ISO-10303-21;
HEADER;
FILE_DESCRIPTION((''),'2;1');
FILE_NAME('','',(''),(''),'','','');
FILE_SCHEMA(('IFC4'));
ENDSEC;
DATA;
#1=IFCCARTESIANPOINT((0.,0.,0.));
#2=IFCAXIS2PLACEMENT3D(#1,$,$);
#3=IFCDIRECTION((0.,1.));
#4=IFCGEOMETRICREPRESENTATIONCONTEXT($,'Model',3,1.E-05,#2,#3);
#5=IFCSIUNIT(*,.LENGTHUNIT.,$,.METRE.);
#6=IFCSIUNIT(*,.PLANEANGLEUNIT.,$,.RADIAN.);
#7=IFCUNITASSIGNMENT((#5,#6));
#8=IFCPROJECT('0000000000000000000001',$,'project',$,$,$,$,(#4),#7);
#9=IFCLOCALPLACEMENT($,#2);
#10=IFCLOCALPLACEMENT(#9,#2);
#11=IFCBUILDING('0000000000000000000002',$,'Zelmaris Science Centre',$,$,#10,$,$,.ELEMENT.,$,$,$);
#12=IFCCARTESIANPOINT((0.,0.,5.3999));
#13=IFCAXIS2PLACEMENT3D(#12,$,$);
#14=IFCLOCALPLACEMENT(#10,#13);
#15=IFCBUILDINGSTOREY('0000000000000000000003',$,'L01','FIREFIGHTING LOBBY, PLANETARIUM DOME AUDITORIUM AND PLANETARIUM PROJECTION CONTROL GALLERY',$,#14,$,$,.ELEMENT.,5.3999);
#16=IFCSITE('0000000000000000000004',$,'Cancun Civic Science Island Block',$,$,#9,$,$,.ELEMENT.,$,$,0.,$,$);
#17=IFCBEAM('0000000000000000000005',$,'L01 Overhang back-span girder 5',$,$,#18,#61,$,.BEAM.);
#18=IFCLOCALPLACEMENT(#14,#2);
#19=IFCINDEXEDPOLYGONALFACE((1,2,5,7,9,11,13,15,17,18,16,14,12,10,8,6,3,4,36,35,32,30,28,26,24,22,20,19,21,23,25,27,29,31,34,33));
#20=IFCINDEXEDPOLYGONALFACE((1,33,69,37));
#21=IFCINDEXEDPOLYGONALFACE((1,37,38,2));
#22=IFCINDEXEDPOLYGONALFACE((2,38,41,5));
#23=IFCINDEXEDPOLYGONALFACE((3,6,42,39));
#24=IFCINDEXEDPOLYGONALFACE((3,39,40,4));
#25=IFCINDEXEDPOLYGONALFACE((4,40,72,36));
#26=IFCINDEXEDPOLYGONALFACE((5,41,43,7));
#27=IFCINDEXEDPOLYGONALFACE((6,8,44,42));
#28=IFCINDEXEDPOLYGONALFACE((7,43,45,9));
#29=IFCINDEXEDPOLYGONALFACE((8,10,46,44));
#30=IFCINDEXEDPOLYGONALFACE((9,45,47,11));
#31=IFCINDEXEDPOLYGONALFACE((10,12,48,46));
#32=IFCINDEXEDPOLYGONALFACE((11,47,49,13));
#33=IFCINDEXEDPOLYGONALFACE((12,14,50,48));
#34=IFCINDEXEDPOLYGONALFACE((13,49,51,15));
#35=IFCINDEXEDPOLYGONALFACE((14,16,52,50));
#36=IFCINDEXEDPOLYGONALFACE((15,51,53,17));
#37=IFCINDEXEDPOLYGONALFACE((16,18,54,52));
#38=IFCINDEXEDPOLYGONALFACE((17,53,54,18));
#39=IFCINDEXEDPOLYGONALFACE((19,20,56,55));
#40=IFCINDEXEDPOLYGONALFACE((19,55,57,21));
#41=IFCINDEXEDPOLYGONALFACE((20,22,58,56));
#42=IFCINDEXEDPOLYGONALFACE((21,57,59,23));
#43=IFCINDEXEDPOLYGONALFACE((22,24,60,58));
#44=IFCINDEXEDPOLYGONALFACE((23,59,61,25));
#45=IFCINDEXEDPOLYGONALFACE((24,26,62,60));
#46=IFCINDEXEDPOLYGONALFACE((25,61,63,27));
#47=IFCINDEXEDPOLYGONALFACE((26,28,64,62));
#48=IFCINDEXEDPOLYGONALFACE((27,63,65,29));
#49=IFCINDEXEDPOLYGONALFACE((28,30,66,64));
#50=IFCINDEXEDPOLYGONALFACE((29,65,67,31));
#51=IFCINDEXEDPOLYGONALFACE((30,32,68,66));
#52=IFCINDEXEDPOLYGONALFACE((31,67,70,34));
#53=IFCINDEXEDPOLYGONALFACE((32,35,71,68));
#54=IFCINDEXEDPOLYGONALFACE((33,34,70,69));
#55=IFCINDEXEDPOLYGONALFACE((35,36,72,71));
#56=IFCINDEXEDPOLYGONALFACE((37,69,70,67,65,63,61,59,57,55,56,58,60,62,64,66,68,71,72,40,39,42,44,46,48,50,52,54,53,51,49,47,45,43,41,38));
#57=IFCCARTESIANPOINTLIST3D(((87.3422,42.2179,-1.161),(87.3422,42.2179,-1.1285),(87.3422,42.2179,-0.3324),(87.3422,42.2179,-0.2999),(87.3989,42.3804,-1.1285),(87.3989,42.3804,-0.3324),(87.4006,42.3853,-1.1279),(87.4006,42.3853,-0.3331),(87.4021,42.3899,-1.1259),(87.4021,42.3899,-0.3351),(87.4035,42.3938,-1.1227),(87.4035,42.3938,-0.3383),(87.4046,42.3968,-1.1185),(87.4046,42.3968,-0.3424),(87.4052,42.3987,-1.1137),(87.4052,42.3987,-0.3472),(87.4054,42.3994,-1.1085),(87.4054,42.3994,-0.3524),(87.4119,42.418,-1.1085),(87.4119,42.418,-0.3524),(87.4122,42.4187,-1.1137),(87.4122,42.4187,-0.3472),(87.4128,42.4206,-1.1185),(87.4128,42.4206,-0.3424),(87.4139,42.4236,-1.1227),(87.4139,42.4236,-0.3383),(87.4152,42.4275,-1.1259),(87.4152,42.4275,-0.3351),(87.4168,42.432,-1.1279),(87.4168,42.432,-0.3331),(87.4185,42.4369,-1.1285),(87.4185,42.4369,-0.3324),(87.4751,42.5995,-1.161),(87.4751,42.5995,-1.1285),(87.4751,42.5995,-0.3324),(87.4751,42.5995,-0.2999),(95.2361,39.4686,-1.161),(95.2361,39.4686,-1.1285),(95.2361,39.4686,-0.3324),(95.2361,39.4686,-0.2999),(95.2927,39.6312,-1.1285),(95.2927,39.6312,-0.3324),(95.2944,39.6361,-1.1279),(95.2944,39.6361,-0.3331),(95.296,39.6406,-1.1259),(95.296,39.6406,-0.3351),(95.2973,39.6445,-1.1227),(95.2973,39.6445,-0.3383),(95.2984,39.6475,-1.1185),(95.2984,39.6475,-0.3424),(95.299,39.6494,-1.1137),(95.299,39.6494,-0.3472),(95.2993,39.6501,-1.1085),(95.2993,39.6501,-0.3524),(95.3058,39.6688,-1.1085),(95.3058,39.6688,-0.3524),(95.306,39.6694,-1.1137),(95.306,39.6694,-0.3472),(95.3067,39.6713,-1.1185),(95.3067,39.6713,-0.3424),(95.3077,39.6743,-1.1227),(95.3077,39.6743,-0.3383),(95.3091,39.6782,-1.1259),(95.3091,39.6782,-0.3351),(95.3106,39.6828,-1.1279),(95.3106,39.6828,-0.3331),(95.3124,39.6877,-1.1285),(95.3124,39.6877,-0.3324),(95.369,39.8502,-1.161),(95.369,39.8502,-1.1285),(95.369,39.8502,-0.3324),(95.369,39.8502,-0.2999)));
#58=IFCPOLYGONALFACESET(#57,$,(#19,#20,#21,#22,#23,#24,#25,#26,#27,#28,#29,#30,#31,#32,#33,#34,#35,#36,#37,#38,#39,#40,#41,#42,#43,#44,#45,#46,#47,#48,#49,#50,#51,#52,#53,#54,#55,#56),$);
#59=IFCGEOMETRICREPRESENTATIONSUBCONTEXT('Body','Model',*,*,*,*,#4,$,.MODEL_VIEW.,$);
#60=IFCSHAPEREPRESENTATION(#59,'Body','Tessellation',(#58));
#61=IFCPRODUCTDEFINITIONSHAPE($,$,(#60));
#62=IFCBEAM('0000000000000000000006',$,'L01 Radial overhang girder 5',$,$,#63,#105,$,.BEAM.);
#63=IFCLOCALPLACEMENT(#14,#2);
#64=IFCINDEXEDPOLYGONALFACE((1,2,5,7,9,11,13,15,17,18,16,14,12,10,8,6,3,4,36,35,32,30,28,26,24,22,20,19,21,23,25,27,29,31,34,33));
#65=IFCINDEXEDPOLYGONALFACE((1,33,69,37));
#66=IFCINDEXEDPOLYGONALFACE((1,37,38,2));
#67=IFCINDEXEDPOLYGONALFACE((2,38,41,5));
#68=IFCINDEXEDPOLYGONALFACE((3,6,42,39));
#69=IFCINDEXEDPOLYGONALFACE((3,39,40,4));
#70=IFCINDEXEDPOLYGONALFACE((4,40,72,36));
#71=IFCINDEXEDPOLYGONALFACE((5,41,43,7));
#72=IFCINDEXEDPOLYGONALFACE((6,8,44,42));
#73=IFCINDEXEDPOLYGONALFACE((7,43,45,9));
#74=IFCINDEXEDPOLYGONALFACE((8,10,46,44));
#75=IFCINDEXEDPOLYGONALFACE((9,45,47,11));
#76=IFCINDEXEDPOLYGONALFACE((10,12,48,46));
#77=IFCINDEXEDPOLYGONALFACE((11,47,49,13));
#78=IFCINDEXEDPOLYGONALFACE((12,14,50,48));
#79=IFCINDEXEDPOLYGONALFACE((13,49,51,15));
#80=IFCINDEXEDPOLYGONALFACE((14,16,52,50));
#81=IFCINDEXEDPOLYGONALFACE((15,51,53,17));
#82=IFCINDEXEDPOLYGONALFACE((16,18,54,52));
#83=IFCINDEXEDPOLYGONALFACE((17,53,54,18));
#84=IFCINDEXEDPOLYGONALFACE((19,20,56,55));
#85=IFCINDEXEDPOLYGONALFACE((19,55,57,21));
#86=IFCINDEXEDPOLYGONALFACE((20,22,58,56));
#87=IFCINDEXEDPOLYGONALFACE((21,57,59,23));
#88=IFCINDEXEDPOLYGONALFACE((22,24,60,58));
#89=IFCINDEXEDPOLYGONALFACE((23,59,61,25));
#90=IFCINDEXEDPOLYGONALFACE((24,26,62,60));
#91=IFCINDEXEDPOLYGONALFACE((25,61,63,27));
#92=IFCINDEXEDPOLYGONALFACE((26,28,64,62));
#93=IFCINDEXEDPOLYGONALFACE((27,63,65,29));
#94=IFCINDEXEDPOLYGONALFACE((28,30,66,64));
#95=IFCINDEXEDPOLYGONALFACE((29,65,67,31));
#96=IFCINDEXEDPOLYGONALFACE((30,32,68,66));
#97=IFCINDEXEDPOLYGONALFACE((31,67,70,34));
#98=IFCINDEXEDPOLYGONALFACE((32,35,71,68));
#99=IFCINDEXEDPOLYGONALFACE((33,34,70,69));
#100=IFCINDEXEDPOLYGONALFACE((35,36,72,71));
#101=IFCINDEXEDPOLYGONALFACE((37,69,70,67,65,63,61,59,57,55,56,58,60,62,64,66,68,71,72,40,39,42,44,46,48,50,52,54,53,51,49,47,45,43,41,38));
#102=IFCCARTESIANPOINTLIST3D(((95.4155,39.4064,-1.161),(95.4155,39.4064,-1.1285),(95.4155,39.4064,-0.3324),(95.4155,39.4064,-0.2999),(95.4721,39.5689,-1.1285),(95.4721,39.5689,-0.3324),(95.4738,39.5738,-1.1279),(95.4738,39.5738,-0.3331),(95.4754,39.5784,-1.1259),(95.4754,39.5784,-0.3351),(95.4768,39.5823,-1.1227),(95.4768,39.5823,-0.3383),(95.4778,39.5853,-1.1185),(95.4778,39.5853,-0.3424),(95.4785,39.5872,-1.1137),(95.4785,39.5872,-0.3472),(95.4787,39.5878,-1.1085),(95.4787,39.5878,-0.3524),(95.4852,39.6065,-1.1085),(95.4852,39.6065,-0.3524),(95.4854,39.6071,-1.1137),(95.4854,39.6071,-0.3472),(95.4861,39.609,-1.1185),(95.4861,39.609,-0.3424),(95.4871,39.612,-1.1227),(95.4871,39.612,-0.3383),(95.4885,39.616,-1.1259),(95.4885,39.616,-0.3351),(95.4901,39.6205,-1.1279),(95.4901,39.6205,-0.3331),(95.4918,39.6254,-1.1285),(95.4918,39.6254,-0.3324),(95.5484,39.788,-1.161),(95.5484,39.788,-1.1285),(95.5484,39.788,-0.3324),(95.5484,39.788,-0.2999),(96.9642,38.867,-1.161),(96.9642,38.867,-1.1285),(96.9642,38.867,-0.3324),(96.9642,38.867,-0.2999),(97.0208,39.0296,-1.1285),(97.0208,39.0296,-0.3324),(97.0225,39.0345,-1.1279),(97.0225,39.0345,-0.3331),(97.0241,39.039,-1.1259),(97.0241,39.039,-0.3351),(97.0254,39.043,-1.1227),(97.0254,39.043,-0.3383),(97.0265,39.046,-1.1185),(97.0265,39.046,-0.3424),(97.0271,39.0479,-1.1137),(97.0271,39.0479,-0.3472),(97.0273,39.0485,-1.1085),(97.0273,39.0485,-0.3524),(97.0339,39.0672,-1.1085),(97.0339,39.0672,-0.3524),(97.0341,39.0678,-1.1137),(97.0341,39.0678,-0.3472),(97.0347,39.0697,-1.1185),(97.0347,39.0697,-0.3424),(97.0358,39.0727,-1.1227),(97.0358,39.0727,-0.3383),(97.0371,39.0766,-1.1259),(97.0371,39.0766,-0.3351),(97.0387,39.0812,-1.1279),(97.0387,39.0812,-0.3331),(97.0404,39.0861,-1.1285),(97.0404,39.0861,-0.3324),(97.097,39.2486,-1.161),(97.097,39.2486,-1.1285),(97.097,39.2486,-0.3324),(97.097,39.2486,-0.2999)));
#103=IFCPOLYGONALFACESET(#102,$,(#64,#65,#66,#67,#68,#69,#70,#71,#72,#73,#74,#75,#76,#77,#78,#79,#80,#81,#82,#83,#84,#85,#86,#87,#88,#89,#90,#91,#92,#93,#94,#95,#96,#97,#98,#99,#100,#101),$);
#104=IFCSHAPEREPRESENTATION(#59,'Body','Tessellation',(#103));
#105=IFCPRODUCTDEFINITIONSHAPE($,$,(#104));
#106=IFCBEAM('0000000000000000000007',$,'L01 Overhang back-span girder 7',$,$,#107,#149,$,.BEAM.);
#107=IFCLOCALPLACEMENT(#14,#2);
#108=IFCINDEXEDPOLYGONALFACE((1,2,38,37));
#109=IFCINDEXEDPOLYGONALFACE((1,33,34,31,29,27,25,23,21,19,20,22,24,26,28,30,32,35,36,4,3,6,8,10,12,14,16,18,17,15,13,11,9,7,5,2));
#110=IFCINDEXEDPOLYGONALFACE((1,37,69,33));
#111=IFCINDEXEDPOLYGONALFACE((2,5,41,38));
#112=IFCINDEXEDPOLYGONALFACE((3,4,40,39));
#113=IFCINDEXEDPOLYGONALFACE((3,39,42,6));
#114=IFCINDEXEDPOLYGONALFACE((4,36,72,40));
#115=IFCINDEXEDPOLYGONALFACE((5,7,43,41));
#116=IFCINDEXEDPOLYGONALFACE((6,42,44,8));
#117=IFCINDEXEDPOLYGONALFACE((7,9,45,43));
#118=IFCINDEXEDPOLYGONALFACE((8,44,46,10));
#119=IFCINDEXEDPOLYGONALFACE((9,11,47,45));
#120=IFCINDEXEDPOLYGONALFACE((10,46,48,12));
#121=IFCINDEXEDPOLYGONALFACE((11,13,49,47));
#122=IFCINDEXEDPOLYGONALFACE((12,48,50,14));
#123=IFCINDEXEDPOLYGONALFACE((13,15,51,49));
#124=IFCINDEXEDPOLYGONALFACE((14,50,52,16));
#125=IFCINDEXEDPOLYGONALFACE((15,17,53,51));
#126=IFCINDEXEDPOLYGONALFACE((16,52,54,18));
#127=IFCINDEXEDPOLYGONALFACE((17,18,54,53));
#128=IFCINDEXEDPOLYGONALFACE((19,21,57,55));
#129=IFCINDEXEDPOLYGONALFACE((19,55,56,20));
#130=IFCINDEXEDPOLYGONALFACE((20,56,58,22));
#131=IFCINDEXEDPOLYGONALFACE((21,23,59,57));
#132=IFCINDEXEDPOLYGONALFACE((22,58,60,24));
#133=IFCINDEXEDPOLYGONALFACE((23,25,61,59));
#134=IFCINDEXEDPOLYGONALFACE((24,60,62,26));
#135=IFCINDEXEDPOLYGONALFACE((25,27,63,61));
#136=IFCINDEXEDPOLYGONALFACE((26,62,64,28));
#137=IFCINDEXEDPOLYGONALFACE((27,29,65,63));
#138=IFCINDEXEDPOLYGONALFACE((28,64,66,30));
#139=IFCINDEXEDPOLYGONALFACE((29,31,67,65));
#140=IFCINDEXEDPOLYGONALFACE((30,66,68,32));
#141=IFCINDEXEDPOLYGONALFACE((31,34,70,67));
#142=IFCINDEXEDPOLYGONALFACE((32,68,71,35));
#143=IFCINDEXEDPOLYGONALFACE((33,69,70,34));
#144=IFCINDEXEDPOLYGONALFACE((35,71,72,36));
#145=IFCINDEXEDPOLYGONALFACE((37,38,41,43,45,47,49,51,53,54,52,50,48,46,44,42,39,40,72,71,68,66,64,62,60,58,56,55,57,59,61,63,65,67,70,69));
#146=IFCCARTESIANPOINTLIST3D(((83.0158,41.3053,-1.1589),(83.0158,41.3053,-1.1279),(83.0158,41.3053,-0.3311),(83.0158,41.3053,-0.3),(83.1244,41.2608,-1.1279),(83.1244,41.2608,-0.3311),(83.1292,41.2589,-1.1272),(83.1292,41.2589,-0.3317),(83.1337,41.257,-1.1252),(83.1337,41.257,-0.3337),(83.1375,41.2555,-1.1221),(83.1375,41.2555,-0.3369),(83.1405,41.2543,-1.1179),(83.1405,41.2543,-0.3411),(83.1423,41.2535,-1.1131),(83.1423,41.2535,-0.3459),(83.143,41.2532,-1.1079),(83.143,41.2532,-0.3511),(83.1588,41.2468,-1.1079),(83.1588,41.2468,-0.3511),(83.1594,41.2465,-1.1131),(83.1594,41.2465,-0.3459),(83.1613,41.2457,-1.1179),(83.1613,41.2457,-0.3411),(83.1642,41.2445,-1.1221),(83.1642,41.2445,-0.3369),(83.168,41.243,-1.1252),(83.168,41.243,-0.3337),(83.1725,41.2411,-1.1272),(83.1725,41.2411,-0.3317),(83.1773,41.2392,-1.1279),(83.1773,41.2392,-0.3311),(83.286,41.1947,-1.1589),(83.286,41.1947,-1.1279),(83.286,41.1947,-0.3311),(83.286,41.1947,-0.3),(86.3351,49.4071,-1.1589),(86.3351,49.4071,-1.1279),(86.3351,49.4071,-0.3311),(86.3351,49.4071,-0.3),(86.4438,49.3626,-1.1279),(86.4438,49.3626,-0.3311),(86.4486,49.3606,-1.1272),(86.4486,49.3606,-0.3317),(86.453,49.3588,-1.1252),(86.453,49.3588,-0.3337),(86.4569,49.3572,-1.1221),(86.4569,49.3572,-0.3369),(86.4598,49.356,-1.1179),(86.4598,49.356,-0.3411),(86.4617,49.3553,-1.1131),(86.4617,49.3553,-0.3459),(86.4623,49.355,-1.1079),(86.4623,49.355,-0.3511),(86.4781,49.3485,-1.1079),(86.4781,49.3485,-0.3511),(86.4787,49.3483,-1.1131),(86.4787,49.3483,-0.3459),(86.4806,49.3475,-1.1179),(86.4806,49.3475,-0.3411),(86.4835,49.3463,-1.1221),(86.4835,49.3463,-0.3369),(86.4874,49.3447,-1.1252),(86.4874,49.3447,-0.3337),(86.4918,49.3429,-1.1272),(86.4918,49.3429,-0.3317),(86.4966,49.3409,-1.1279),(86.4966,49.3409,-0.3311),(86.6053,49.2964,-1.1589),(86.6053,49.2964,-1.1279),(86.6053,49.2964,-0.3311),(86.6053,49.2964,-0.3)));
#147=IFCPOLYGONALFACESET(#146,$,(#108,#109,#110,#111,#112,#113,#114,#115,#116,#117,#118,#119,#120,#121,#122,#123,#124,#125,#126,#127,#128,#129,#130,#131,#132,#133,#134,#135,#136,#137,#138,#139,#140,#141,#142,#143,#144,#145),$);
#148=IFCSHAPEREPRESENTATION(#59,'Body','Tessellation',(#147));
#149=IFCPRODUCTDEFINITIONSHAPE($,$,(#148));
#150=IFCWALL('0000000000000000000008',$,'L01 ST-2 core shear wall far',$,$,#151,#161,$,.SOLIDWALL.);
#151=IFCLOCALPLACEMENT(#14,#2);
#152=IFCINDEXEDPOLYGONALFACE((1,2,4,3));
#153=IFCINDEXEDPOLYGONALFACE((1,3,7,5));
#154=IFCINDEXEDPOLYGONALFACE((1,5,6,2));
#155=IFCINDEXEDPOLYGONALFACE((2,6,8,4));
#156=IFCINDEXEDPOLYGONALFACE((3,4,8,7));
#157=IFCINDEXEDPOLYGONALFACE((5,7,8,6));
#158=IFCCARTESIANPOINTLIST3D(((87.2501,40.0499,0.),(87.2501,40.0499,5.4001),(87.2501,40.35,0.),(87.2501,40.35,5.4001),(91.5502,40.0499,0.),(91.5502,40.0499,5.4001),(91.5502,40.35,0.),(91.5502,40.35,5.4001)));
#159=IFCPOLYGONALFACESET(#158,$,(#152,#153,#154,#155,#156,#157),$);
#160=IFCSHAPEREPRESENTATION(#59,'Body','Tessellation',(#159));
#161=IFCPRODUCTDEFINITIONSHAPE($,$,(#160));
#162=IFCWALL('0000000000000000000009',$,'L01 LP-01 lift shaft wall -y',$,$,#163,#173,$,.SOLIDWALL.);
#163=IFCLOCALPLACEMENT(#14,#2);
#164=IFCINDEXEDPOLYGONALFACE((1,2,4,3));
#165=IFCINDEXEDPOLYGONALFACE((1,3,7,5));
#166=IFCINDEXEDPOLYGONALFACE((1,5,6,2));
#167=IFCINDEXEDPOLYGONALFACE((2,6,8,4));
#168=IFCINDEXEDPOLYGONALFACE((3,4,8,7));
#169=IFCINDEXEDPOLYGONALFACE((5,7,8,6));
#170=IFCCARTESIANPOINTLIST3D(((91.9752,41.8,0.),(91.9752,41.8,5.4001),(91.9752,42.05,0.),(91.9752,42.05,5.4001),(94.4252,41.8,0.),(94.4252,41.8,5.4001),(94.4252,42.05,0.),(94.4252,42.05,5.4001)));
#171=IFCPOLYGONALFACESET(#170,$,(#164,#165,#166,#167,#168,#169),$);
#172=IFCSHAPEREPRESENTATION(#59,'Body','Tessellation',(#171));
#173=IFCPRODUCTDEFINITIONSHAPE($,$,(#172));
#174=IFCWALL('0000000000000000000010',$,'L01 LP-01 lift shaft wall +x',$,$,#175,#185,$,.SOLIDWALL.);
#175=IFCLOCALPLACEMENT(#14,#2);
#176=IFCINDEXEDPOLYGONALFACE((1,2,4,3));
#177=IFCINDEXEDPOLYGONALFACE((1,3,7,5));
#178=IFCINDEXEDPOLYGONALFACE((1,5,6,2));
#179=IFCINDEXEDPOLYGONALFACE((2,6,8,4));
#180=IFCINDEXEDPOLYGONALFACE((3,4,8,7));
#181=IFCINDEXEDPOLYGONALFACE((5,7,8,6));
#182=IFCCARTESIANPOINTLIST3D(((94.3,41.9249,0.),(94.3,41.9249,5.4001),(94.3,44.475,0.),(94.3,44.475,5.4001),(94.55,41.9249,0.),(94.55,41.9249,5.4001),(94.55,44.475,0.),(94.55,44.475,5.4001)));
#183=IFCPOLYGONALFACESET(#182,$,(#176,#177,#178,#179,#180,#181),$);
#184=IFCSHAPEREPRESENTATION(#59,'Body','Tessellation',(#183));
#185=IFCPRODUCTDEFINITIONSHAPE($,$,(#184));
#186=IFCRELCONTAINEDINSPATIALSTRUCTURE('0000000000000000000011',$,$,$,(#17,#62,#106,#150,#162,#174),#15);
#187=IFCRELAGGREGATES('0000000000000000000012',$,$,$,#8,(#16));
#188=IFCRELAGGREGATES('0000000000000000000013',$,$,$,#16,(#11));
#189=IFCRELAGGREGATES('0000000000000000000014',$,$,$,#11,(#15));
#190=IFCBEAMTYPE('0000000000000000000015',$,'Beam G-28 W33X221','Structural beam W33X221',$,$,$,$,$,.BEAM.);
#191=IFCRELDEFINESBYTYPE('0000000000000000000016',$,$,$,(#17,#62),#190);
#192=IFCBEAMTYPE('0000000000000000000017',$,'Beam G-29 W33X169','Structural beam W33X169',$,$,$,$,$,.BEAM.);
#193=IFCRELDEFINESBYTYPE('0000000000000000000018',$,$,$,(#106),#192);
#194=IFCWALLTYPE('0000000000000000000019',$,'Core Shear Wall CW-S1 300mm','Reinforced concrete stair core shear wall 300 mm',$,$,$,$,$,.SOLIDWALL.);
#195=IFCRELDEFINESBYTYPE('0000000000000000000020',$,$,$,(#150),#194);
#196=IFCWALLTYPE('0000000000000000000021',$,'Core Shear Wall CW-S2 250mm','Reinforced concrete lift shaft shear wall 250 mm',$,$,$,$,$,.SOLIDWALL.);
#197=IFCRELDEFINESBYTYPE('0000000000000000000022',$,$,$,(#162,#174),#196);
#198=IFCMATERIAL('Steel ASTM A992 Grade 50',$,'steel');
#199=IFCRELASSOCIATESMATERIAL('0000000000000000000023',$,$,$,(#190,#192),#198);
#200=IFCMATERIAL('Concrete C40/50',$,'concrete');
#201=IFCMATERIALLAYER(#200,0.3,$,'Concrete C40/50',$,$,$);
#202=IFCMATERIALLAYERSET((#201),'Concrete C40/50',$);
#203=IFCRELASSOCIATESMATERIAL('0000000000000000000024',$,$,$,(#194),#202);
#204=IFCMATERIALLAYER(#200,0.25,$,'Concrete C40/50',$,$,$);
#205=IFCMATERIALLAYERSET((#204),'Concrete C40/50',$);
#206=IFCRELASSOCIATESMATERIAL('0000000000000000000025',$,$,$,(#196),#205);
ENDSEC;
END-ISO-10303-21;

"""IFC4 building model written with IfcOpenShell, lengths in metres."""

from ifc_helpers import new_model, si_unit, direction, frame, frame_2d, origin, origin_2d, place, context, subcontext, project, spatial, rectangle, i_section, extrude, material, layer, layer_set, material_profile, profile_set, type_object, element, save


model = new_model("IFC4")

# Units and contexts
model_context = context("Model", 3, precision=1e-05, world=origin(), true_north=direction((0.0, 1.0)))
body_context = subcontext(model_context, "Body", "Model", "MODEL_VIEW")
ifc_project = project(units=[si_unit("LENGTHUNIT", "METRE"), si_unit("PLANEANGLEUNIT", "RADIAN")], contexts=[model_context])

# Site, building, storey
site_placement = place(None, origin())
site = spatial("IfcSite", under=ifc_project, at=site_placement, Name="Cancun Civic Science Island Block", CompositionType="ELEMENT", RefElevation=0.0)
building_placement = place(site_placement, origin())
building = spatial("IfcBuilding", under=site, at=building_placement, Name="Zelmaris Science Centre", CompositionType="ELEMENT")
storey_placement = place(building_placement, frame((0.0, 0.0, 5.3999)))
storey = spatial("IfcBuildingStorey", under=building, at=storey_placement, Name="L01", Description="FIREFIGHTING LOBBY, PLANETARIUM DOME AUDITORIUM AND PLANETARIUM PROJECTION CONTROL GALLERY", CompositionType="ELEMENT", Elevation=5.3999)

# Shared definitions
ifc_material_1 = material(Name="Steel ASTM A992 Grade 50", Category="steel")

# Beams
ifc_material_profile_1 = material_profile(ifc_material_1, i_section(OverallWidth=0.4041, OverallDepth=0.8611, WebThickness=0.0198, FlangeThickness=0.0325, FilletRadius=0.02, at=origin_2d()), Name="W33X221")
ifc_profile_set_1 = profile_set([ifc_material_profile_1], Name="Steel ASTM A992 Grade 50")
beam_type_1 = type_object("IfcBeamType", Name="Beam G-28 W33X221", Description="Structural beam W33X221", PredefinedType="BEAM", material=ifc_profile_set_1)
beam_1_placement = place(storey_placement, frame((87.4087, 42.4087, -0.7305), z_axis=(0.944363, -0.328905, 0.0), x_axis=(0.328905, 0.944363, 0.0)))
element("IfcBeam", 1, at=beam_1_placement, inside=storey, type_object=beam_type_1, Name="L01 Overhang back-span girder 5", PredefinedType="BEAM", context=body_context, shape_type="SweptSolid", body=[
    extrude(i_section(OverallWidth=0.4041, OverallDepth=0.8611, WebThickness=0.0198, FlangeThickness=0.0325, FilletRadius=0.02, at=origin_2d()), origin(), (0.0, 0.0, 1.0), 8.3589),
])
beam_2_placement = place(storey_placement, frame((95.4819, 39.5972, -0.7305), z_axis=(0.94437, -0.328884, 0.0), x_axis=(0.328884, 0.94437, 0.0)))
element("IfcBeam", 2, at=beam_2_placement, inside=storey, type_object=beam_type_1, Name="L01 Radial overhang girder 5", PredefinedType="BEAM", context=body_context, shape_type="SweptSolid", body=[
    extrude(i_section(OverallWidth=0.4041, OverallDepth=0.8611, WebThickness=0.0198, FlangeThickness=0.0325, FilletRadius=0.02, at=origin_2d()), origin(), (0.0, 0.0, 1.0), 1.6399),
])
ifc_material_profile_2 = material_profile(ifc_material_1, i_section(OverallWidth=0.292, OverallDepth=0.8589, WebThickness=0.0171, FlangeThickness=0.031, FilletRadius=0.02, at=origin_2d()), Name="W33X169")
ifc_profile_set_2 = profile_set([ifc_material_profile_2], Name="Steel ASTM A992 Grade 50")
beam_type_2 = type_object("IfcBeamType", Name="Beam G-29 W33X169", Description="Structural beam W33X169", PredefinedType="BEAM", material=ifc_profile_set_2)
beam_3_placement = place(storey_placement, frame((83.1509, 41.25, -0.7295), z_axis=(0.379118, 0.925348, 0.0), x_axis=(-0.925348, 0.379118, 0.0)))
element("IfcBeam", 3, at=beam_3_placement, inside=storey, type_object=beam_type_2, Name="L01 Overhang back-span girder 7", PredefinedType="BEAM", context=body_context, shape_type="SweptSolid", body=[
    extrude(i_section(OverallWidth=0.292, OverallDepth=0.8589, WebThickness=0.0171, FlangeThickness=0.031, FilletRadius=0.02, at=origin_2d()), origin(), (0.0, 0.0, 1.0), 8.7554),
])

# Walls
ifc_material_2 = material(Name="Concrete C40/50", Category="concrete")
ifc_layer_1 = layer(ifc_material_2, 0.3, Name="Concrete C40/50")
ifc_layer_set_1 = layer_set([ifc_layer_1], Name="Concrete C40/50")
wall_type_1 = type_object("IfcWallType", Name="Core Shear Wall CW-S1 300mm", Description="Reinforced concrete stair core shear wall 300 mm", PredefinedType="SOLIDWALL", material=ifc_layer_set_1)
wall_1_placement = place(storey_placement, frame((91.55, 40.2, 0.0), z_axis=(0.0, 0.0, 1.0), x_axis=(-1.0, 0.0, 0.0)))
element("IfcWall", 4, at=wall_1_placement, inside=storey, type_object=wall_type_1, Name="L01 ST-2 core shear wall far", PredefinedType="SOLIDWALL", context=body_context, shape_type="SweptSolid", body=[
    extrude(rectangle(XDim=4.3, YDim=0.3, at=frame_2d((2.1499, 0.0))), origin(), (0.0, 0.0, 1.0), 5.4001),
])
ifc_layer_2 = layer(ifc_material_2, 0.25, Name="Concrete C40/50")
ifc_layer_set_2 = layer_set([ifc_layer_2], Name="Concrete C40/50")
wall_type_2 = type_object("IfcWallType", Name="Core Shear Wall CW-S2 250mm", Description="Reinforced concrete lift shaft shear wall 250 mm", PredefinedType="SOLIDWALL", material=ifc_layer_set_2)
wall_2_placement = place(storey_placement, frame((91.9751, 41.925, 0.0), z_axis=(0.0, 0.0, 1.0), x_axis=(1.0, 0.0, 0.0)))
element("IfcWall", 5, at=wall_2_placement, inside=storey, type_object=wall_type_2, Name="L01 LP-01 lift shaft wall -y", PredefinedType="SOLIDWALL", context=body_context, shape_type="SweptSolid", body=[
    extrude(rectangle(XDim=2.45, YDim=0.25, at=frame_2d((1.2251, 0.0))), origin(), (0.0, 0.0, 1.0), 5.4001),
])
wall_3_placement = place(storey_placement, frame((94.425, 41.925, 0.0), z_axis=(0.0, 0.0, 1.0), x_axis=(0.0, 1.0, 0.0)))
element("IfcWall", 6, at=wall_3_placement, inside=storey, type_object=wall_type_2, Name="L01 LP-01 lift shaft wall +x", PredefinedType="SOLIDWALL", context=body_context, shape_type="SweptSolid", body=[
    extrude(rectangle(XDim=2.55, YDim=0.25, at=frame_2d((1.2749, 0.0))), origin(), (0.0, 0.0, 1.0), 5.4001),
])

save(model, "model.ifc")
